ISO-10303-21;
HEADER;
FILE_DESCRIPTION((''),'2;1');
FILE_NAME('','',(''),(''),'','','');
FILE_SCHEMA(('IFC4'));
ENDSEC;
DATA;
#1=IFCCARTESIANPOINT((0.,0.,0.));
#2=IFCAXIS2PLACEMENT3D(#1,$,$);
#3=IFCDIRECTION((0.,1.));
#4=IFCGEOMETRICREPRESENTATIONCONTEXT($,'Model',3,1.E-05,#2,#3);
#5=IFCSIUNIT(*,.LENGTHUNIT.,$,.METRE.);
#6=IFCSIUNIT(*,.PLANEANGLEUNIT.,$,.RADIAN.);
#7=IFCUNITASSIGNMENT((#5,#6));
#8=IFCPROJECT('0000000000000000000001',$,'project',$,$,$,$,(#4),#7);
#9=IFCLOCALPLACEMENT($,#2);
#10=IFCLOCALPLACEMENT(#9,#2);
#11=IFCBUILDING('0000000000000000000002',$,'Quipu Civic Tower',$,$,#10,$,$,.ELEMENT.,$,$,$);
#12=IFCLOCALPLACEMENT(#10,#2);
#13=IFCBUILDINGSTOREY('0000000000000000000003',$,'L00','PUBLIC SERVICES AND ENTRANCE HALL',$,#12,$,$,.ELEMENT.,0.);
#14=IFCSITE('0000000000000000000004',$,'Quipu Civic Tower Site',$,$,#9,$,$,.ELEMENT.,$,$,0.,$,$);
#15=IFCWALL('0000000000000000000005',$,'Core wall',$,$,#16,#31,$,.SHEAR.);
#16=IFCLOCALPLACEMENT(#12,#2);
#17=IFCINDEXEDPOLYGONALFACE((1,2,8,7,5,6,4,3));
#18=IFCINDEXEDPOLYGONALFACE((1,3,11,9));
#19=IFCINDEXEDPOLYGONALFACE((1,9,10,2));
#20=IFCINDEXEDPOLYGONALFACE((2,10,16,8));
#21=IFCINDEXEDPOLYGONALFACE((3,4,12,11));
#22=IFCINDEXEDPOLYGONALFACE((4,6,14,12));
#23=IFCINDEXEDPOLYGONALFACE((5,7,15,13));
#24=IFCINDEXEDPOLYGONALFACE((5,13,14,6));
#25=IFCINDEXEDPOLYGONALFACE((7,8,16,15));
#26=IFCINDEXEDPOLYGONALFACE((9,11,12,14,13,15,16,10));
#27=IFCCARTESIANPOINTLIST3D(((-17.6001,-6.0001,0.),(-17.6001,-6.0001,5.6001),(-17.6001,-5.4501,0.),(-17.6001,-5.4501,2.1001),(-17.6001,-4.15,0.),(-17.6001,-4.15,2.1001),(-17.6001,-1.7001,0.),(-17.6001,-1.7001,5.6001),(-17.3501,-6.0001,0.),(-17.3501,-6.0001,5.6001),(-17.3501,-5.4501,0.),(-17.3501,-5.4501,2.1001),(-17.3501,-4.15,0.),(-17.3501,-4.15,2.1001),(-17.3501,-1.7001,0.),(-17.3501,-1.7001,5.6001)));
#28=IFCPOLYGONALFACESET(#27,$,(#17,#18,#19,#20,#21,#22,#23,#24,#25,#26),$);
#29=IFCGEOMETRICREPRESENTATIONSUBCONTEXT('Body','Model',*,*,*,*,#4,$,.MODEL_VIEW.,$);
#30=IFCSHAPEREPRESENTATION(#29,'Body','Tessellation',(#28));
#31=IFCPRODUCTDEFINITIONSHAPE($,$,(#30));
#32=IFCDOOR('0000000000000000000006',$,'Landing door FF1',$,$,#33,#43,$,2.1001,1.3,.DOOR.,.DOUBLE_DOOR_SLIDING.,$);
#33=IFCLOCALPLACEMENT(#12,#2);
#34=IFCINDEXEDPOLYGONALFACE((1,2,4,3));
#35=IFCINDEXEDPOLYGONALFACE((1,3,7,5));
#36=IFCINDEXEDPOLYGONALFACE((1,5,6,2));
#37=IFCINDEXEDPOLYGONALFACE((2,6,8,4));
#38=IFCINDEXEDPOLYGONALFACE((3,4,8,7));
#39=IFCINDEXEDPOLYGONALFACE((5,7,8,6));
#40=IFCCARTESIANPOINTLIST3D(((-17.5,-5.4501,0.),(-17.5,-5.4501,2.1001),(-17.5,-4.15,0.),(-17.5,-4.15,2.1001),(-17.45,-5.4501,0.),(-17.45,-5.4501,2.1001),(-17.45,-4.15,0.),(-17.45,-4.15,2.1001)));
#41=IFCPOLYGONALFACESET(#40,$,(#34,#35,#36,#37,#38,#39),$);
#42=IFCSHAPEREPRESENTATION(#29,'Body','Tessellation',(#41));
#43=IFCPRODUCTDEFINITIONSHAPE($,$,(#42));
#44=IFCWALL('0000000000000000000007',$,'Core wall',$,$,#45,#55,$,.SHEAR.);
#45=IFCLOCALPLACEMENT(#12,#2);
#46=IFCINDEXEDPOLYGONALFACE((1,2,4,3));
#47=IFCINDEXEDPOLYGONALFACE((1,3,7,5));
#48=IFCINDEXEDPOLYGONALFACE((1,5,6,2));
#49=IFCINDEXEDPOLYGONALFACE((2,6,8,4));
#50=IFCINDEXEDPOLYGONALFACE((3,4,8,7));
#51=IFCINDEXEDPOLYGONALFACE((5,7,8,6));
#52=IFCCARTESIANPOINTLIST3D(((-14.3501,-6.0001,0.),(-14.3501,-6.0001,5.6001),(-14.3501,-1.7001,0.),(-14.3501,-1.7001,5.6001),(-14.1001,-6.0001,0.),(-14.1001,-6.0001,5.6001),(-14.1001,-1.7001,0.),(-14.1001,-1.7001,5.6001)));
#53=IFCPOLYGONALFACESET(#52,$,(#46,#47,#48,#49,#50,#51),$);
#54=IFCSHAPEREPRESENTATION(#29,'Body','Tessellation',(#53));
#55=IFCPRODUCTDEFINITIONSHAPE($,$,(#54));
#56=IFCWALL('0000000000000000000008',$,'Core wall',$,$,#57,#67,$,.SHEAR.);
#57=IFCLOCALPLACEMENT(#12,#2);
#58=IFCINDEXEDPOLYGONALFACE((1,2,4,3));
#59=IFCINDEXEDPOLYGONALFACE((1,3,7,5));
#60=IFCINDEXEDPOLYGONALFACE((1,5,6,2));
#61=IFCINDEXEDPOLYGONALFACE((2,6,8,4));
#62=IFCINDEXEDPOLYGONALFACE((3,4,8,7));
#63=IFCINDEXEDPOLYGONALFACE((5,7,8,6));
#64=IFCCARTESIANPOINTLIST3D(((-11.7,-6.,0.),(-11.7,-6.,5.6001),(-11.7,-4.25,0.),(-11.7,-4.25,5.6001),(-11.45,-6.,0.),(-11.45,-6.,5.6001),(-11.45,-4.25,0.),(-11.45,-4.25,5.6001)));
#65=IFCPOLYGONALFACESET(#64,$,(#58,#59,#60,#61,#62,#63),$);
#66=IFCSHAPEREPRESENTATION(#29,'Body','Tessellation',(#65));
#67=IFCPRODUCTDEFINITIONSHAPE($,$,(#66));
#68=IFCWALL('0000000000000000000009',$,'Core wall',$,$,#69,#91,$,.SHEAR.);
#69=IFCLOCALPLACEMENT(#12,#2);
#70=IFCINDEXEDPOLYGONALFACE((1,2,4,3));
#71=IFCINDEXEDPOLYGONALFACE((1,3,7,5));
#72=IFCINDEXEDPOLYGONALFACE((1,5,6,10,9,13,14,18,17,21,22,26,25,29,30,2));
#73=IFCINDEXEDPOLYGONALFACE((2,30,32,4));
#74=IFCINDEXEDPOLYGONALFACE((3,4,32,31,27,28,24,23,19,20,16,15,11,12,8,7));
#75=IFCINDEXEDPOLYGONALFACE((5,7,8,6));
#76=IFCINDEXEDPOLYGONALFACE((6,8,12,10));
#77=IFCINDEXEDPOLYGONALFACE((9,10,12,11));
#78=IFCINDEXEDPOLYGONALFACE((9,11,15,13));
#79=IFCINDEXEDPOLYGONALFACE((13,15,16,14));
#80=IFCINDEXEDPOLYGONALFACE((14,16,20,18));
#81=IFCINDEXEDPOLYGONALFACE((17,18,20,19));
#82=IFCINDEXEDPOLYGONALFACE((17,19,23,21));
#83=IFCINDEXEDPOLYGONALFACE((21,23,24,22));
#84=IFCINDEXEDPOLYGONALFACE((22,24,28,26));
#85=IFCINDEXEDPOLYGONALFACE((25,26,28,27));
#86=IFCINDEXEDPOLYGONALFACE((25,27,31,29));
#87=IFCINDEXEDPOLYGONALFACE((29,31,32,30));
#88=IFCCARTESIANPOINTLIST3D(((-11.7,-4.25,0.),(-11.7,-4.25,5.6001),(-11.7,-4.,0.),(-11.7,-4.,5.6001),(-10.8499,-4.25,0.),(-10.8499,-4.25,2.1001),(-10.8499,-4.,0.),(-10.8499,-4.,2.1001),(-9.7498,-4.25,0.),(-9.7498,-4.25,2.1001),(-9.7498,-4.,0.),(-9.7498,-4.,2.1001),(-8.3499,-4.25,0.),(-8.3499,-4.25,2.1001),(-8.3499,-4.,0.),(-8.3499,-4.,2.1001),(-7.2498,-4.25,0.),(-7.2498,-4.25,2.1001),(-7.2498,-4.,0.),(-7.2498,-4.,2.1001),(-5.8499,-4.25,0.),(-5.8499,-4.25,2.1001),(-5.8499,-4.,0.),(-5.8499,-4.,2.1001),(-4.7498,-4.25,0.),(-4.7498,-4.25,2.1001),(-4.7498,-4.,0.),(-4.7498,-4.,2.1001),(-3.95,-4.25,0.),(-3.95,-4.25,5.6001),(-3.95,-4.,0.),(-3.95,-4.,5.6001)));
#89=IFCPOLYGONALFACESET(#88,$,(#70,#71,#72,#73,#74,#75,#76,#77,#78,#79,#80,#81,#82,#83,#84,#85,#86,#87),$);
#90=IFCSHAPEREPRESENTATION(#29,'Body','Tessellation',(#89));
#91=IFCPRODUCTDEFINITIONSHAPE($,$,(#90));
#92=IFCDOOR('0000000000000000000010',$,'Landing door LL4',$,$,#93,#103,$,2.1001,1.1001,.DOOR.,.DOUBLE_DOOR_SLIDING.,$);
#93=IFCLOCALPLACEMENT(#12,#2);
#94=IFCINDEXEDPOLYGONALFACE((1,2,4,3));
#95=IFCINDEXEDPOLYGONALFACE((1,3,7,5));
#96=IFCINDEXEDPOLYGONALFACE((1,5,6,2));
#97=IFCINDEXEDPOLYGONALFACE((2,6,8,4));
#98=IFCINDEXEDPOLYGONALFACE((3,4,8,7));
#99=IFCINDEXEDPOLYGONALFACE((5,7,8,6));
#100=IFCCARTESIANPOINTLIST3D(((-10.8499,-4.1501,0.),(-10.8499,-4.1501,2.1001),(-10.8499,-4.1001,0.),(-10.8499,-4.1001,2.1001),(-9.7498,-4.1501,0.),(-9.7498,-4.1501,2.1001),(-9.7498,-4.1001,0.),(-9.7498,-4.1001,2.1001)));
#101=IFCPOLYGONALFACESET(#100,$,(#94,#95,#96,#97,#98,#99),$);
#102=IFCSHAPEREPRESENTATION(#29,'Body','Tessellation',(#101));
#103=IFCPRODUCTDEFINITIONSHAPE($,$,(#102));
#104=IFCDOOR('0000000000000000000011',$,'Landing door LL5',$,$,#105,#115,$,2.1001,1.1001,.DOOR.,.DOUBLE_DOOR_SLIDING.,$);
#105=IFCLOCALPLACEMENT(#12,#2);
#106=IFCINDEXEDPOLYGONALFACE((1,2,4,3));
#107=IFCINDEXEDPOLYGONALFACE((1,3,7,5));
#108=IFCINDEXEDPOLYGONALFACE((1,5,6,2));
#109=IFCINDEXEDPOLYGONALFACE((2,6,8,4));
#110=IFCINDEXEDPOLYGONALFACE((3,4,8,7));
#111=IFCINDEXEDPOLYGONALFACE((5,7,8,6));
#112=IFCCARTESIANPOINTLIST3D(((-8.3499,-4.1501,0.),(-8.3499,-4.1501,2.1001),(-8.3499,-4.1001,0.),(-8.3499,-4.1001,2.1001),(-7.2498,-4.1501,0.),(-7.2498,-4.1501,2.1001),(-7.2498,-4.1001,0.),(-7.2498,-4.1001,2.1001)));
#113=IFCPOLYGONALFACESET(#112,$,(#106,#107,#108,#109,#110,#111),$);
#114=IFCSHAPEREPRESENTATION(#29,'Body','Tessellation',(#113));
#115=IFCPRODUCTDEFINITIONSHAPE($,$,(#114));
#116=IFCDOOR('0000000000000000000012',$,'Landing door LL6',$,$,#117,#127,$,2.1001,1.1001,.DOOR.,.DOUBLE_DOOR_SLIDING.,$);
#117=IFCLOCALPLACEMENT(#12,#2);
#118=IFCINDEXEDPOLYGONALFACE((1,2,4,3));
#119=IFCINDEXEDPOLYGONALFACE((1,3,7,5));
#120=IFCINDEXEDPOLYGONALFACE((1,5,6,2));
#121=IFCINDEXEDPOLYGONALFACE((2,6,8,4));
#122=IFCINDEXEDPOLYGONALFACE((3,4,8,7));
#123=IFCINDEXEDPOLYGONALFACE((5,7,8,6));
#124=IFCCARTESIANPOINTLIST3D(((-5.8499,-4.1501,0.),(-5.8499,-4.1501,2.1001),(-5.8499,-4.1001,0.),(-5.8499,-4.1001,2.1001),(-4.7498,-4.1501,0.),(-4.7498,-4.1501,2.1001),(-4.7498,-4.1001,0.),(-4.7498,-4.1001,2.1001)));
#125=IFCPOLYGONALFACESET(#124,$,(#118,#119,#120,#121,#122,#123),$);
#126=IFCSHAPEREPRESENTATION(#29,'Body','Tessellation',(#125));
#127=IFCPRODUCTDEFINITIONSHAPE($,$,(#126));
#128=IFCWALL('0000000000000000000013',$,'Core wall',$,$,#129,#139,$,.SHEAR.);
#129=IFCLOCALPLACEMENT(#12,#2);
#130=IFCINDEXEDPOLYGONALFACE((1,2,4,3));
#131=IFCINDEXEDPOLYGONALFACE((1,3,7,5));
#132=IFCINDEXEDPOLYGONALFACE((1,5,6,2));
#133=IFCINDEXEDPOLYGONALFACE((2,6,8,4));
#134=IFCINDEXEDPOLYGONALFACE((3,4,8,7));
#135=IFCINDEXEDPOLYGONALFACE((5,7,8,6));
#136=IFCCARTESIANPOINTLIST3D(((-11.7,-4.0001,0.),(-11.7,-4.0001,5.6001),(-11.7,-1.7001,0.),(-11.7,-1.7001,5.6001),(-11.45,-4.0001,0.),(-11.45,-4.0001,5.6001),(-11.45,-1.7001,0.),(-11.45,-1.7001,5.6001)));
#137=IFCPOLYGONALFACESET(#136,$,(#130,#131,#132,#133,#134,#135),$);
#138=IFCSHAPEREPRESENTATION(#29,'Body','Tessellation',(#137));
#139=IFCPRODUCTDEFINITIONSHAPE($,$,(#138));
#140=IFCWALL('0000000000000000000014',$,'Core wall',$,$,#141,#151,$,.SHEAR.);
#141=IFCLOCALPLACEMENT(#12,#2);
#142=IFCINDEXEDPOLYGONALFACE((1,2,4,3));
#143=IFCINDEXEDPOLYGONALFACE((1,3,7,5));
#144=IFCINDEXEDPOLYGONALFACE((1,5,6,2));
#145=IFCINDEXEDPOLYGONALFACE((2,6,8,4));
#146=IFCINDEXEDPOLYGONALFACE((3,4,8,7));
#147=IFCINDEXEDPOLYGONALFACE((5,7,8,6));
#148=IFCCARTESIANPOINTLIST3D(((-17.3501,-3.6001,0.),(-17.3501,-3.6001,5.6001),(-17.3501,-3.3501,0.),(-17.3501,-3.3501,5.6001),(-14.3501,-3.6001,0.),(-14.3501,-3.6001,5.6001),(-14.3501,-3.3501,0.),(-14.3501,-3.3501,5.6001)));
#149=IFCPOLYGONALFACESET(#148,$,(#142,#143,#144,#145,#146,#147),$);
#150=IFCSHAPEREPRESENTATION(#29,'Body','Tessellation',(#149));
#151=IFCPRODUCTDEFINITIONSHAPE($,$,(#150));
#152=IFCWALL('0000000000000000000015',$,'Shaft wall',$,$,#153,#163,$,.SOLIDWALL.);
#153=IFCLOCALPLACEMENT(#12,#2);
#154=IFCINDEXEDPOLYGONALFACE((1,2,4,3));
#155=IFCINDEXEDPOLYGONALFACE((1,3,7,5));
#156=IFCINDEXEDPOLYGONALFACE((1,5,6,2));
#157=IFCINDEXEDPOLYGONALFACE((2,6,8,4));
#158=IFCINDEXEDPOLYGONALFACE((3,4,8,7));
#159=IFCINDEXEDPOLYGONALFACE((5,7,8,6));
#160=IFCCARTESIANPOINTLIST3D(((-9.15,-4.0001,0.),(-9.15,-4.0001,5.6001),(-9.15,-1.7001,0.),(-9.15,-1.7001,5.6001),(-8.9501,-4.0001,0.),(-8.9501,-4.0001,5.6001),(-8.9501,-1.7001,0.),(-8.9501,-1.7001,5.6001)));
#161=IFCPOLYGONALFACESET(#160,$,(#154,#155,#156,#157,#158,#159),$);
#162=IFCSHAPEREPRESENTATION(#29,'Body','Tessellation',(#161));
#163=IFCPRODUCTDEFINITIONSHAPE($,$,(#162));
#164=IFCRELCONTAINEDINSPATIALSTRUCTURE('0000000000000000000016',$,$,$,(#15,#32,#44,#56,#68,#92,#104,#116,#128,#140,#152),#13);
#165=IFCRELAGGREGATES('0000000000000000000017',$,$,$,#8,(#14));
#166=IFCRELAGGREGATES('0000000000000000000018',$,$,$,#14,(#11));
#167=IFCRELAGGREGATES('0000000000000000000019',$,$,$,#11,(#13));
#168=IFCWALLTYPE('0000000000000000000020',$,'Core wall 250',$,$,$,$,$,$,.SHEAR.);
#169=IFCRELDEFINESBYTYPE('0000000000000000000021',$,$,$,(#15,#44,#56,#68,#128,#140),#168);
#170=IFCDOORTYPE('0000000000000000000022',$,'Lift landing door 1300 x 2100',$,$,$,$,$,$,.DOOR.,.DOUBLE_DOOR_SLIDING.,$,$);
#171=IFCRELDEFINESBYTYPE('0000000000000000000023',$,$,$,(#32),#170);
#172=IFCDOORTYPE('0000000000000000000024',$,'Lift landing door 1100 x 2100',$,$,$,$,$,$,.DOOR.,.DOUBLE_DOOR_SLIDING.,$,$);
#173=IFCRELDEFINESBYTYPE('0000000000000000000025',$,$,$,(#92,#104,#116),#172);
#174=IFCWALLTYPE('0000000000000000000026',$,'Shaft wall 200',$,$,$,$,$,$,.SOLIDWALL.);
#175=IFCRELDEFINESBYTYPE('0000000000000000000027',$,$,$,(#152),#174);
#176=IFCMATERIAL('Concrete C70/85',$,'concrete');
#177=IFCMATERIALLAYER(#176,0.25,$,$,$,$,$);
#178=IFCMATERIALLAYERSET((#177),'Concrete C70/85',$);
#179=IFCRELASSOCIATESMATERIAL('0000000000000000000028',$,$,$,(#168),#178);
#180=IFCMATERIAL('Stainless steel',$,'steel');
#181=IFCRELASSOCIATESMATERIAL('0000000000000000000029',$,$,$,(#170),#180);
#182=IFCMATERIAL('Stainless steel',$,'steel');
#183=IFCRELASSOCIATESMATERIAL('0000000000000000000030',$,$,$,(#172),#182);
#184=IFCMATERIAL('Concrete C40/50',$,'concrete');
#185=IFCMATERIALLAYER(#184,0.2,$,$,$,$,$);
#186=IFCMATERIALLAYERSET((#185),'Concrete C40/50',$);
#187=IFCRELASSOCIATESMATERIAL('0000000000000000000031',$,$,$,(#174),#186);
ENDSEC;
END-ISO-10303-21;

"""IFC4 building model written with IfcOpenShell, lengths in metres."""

from ifc_helpers import new_model, si_unit, direction, frame, frame_2d, origin, place, context, subcontext, project, spatial, rectangle, extrude, material, layer, layer_set, type_object, element, fill, save


model = new_model("IFC4")

# Units and contexts
model_context = context("Model", 3, precision=1e-05, world=origin(), true_north=direction((0.0, 1.0)))
body_context = subcontext(model_context, "Body", "Model", "MODEL_VIEW")
ifc_project = project(units=[si_unit("LENGTHUNIT", "METRE"), si_unit("PLANEANGLEUNIT", "RADIAN")], contexts=[model_context])

# Site, building, storey
site_placement = place(None, origin())
site = spatial("IfcSite", under=ifc_project, at=site_placement, Name="Quipu Civic Tower Site", CompositionType="ELEMENT", RefElevation=0.0)
building_placement = place(site_placement, origin())
building = spatial("IfcBuilding", under=site, at=building_placement, Name="Quipu Civic Tower", CompositionType="ELEMENT")
storey_placement = place(building_placement, origin())
storey = spatial("IfcBuildingStorey", under=building, at=storey_placement, Name="L00", Description="PUBLIC SERVICES AND ENTRANCE HALL", CompositionType="ELEMENT", Elevation=0.0)

# Shared definitions
ifc_material_1 = material(Name="Concrete C70/85", Category="concrete")
ifc_layer_1 = layer(ifc_material_1, 0.25)
ifc_layer_set_1 = layer_set([ifc_layer_1], Name="Concrete C70/85")
wall_type_1 = type_object("IfcWallType", Name="Core wall 250", PredefinedType="SHEAR", material=ifc_layer_set_1)

# Wall, opening, door
wall_1_placement = place(storey_placement, frame((-17.4751, -6.0, 0.0), z_axis=(0.0, 0.0, 1.0), x_axis=(0.0, 1.0, 0.0)))
wall_1 = element("IfcWall", 1, at=wall_1_placement, inside=storey, type_object=wall_type_1, Name="Core wall", PredefinedType="SHEAR", context=body_context, shape_type="SweptSolid", body=[
    extrude(rectangle(XDim=4.3, YDim=0.25, at=frame_2d((2.1499, 0.0))), origin(), (0.0, 0.0, 1.0), 5.6001),
])
opening_1_placement = place(wall_1_placement, frame((0.55, 0.0, 0.0)))
opening_1 = element("IfcOpeningElement", 2, at=opening_1_placement, cuts=wall_1, PredefinedType="OPENING", context=body_context, shape_type="SweptSolid", body=[
    extrude(rectangle(XDim=1.3, YDim=2.1001, at=frame_2d((0.6499, 1.05))), frame((0.0, 0.135, 0.0), z_axis=(0.0, -1.0, 0.0), x_axis=(1.0, 0.0, 0.0)), (0.0, 0.0, 1.0), 0.27),
])
ifc_material_2 = material(Name="Stainless steel", Category="steel")
door_type_1 = type_object("IfcDoorType", Name="Lift landing door 1300 x 2100", OperationType="DOUBLE_DOOR_SLIDING", PredefinedType="DOOR", material=ifc_material_2)
door_1_placement = place(opening_1_placement, origin())
door_1 = element("IfcDoor", 3, at=door_1_placement, inside=storey, type_object=door_type_1, Name="Landing door FF1", OperationType="DOUBLE_DOOR_SLIDING", OverallHeight=2.1001, OverallWidth=1.3, PredefinedType="DOOR", context=body_context, shape_type="SweptSolid", body=[
    extrude(rectangle(XDim=1.3, YDim=2.1001, at=frame_2d((0.6499, 1.05))), frame((0.0, 0.0249, 0.0), z_axis=(0.0, -1.0, 0.0), x_axis=(1.0, 0.0, 0.0)), (0.0, 0.0, 1.0), 0.05),
])
fill(opening_1, door_1)

# Walls
wall_2_placement = place(storey_placement, frame((-14.2251, -6.0, 0.0), z_axis=(0.0, 0.0, 1.0), x_axis=(0.0, 1.0, 0.0)))
element("IfcWall", 4, at=wall_2_placement, inside=storey, type_object=wall_type_1, Name="Core wall", PredefinedType="SHEAR", context=body_context, shape_type="SweptSolid", body=[
    extrude(rectangle(XDim=4.3, YDim=0.25, at=frame_2d((2.1499, 0.0))), origin(), (0.0, 0.0, 1.0), 5.6001),
])
wall_3_placement = place(storey_placement, frame((-11.575, -6.0, 0.0), z_axis=(0.0, 0.0, 1.0), x_axis=(0.0, 1.0, 0.0)))
element("IfcWall", 5, at=wall_3_placement, inside=storey, type_object=wall_type_1, Name="Core wall", PredefinedType="SHEAR", context=body_context, shape_type="SweptSolid", body=[
    extrude(rectangle(XDim=1.75, YDim=0.25, at=frame_2d((0.875, 0.0))), origin(), (0.0, 0.0, 1.0), 5.6001),
])

# Wall, openings, doors
wall_4_placement = place(storey_placement, frame((-11.7, -4.125, 0.0), z_axis=(0.0, 0.0, 1.0), x_axis=(1.0, 0.0, 0.0)))
wall_4 = element("IfcWall", 6, at=wall_4_placement, inside=storey, type_object=wall_type_1, Name="Core wall", PredefinedType="SHEAR", context=body_context, shape_type="SweptSolid", body=[
    extrude(rectangle(XDim=7.75, YDim=0.25, at=frame_2d((3.875, 0.0))), origin(), (0.0, 0.0, 1.0), 5.6001),
])
opening_2_placement = place(wall_4_placement, frame((0.8501, 0.0, 0.0)))
opening_2 = element("IfcOpeningElement", 7, at=opening_2_placement, cuts=wall_4, PredefinedType="OPENING", context=body_context, shape_type="SweptSolid", body=[
    extrude(rectangle(XDim=1.1001, YDim=2.1001, at=frame_2d((0.55, 1.05))), frame((0.0, 0.135, 0.0), z_axis=(0.0, -1.0, 0.0), x_axis=(1.0, 0.0, 0.0)), (0.0, 0.0, 1.0), 0.27),
])
opening_3_placement = place(wall_4_placement, frame((3.3501, 0.0, 0.0)))
opening_3 = element("IfcOpeningElement", 8, at=opening_3_placement, cuts=wall_4, PredefinedType="OPENING", context=body_context, shape_type="SweptSolid", body=[
    extrude(rectangle(XDim=1.1001, YDim=2.1001, at=frame_2d((0.55, 1.05))), frame((0.0, 0.135, 0.0), z_axis=(0.0, -1.0, 0.0), x_axis=(1.0, 0.0, 0.0)), (0.0, 0.0, 1.0), 0.27),
])
opening_4_placement = place(wall_4_placement, frame((5.8501, 0.0, 0.0)))
opening_4 = element("IfcOpeningElement", 9, at=opening_4_placement, cuts=wall_4, PredefinedType="OPENING", context=body_context, shape_type="SweptSolid", body=[
    extrude(rectangle(XDim=1.1001, YDim=2.1001, at=frame_2d((0.55, 1.05))), frame((0.0, 0.135, 0.0), z_axis=(0.0, -1.0, 0.0), x_axis=(1.0, 0.0, 0.0)), (0.0, 0.0, 1.0), 0.27),
])
ifc_material_3 = material(Name="Stainless steel", Category="steel")
door_type_2 = type_object("IfcDoorType", Name="Lift landing door 1100 x 2100", OperationType="DOUBLE_DOOR_SLIDING", PredefinedType="DOOR", material=ifc_material_3)
door_2_placement = place(opening_2_placement, origin())
door_2 = element("IfcDoor", 10, at=door_2_placement, inside=storey, type_object=door_type_2, Name="Landing door LL4", OperationType="DOUBLE_DOOR_SLIDING", OverallHeight=2.1001, OverallWidth=1.1001, PredefinedType="DOOR", context=body_context, shape_type="SweptSolid", body=[
    extrude(rectangle(XDim=1.1001, YDim=2.1001, at=frame_2d((0.55, 1.05))), frame((0.0, 0.0249, 0.0), z_axis=(0.0, -1.0, 0.0), x_axis=(1.0, 0.0, 0.0)), (0.0, 0.0, 1.0), 0.05),
])
fill(opening_2, door_2)
door_3_placement = place(opening_3_placement, origin())
door_3 = element("IfcDoor", 11, at=door_3_placement, inside=storey, type_object=door_type_2, Name="Landing door LL5", OperationType="DOUBLE_DOOR_SLIDING", OverallHeight=2.1001, OverallWidth=1.1001, PredefinedType="DOOR", context=body_context, shape_type="SweptSolid", body=[
    extrude(rectangle(XDim=1.1001, YDim=2.1001, at=frame_2d((0.55, 1.05))), frame((0.0, 0.0249, 0.0), z_axis=(0.0, -1.0, 0.0), x_axis=(1.0, 0.0, 0.0)), (0.0, 0.0, 1.0), 0.05),
])
fill(opening_3, door_3)
door_4_placement = place(opening_4_placement, origin())
door_4 = element("IfcDoor", 12, at=door_4_placement, inside=storey, type_object=door_type_2, Name="Landing door LL6", OperationType="DOUBLE_DOOR_SLIDING", OverallHeight=2.1001, OverallWidth=1.1001, PredefinedType="DOOR", context=body_context, shape_type="SweptSolid", body=[
    extrude(rectangle(XDim=1.1001, YDim=2.1001, at=frame_2d((0.55, 1.05))), frame((0.0, 0.0249, 0.0), z_axis=(0.0, -1.0, 0.0), x_axis=(1.0, 0.0, 0.0)), (0.0, 0.0, 1.0), 0.05),
])
fill(opening_4, door_4)

# Walls
wall_5_placement = place(storey_placement, frame((-11.575, -4.0, 0.0), z_axis=(0.0, 0.0, 1.0), x_axis=(0.0, 1.0, 0.0)))
element("IfcWall", 13, at=wall_5_placement, inside=storey, type_object=wall_type_1, Name="Core wall", PredefinedType="SHEAR", context=body_context, shape_type="SweptSolid", body=[
    extrude(rectangle(XDim=2.3, YDim=0.25, at=frame_2d((1.1499, 0.0))), origin(), (0.0, 0.0, 1.0), 5.6001),
])
wall_6_placement = place(storey_placement, frame((-17.3501, -3.4751, 0.0), z_axis=(0.0, 0.0, 1.0), x_axis=(1.0, 0.0, 0.0)))
element("IfcWall", 14, at=wall_6_placement, inside=storey, type_object=wall_type_1, Name="Core wall", PredefinedType="SHEAR", context=body_context, shape_type="SweptSolid", body=[
    extrude(rectangle(XDim=3.0, YDim=0.25, at=frame_2d((1.5, 0.0))), origin(), (0.0, 0.0, 1.0), 5.6001),
])
ifc_material_4 = material(Name="Concrete C40/50", Category="concrete")
ifc_layer_2 = layer(ifc_material_4, 0.2)
ifc_layer_set_2 = layer_set([ifc_layer_2], Name="Concrete C40/50")
wall_type_2 = type_object("IfcWallType", Name="Shaft wall 200", PredefinedType="SOLIDWALL", material=ifc_layer_set_2)
wall_7_placement = place(storey_placement, frame((-9.05, -4.0, 0.0), z_axis=(0.0, 0.0, 1.0), x_axis=(0.0, 1.0, 0.0)))
element("IfcWall", 15, at=wall_7_placement, inside=storey, type_object=wall_type_2, Name="Shaft wall", PredefinedType="SOLIDWALL", context=body_context, shape_type="SweptSolid", body=[
    extrude(rectangle(XDim=2.3, YDim=0.2, at=frame_2d((1.1499, 0.0))), origin(), (0.0, 0.0, 1.0), 5.6001),
])

save(model, "model.ifc")
